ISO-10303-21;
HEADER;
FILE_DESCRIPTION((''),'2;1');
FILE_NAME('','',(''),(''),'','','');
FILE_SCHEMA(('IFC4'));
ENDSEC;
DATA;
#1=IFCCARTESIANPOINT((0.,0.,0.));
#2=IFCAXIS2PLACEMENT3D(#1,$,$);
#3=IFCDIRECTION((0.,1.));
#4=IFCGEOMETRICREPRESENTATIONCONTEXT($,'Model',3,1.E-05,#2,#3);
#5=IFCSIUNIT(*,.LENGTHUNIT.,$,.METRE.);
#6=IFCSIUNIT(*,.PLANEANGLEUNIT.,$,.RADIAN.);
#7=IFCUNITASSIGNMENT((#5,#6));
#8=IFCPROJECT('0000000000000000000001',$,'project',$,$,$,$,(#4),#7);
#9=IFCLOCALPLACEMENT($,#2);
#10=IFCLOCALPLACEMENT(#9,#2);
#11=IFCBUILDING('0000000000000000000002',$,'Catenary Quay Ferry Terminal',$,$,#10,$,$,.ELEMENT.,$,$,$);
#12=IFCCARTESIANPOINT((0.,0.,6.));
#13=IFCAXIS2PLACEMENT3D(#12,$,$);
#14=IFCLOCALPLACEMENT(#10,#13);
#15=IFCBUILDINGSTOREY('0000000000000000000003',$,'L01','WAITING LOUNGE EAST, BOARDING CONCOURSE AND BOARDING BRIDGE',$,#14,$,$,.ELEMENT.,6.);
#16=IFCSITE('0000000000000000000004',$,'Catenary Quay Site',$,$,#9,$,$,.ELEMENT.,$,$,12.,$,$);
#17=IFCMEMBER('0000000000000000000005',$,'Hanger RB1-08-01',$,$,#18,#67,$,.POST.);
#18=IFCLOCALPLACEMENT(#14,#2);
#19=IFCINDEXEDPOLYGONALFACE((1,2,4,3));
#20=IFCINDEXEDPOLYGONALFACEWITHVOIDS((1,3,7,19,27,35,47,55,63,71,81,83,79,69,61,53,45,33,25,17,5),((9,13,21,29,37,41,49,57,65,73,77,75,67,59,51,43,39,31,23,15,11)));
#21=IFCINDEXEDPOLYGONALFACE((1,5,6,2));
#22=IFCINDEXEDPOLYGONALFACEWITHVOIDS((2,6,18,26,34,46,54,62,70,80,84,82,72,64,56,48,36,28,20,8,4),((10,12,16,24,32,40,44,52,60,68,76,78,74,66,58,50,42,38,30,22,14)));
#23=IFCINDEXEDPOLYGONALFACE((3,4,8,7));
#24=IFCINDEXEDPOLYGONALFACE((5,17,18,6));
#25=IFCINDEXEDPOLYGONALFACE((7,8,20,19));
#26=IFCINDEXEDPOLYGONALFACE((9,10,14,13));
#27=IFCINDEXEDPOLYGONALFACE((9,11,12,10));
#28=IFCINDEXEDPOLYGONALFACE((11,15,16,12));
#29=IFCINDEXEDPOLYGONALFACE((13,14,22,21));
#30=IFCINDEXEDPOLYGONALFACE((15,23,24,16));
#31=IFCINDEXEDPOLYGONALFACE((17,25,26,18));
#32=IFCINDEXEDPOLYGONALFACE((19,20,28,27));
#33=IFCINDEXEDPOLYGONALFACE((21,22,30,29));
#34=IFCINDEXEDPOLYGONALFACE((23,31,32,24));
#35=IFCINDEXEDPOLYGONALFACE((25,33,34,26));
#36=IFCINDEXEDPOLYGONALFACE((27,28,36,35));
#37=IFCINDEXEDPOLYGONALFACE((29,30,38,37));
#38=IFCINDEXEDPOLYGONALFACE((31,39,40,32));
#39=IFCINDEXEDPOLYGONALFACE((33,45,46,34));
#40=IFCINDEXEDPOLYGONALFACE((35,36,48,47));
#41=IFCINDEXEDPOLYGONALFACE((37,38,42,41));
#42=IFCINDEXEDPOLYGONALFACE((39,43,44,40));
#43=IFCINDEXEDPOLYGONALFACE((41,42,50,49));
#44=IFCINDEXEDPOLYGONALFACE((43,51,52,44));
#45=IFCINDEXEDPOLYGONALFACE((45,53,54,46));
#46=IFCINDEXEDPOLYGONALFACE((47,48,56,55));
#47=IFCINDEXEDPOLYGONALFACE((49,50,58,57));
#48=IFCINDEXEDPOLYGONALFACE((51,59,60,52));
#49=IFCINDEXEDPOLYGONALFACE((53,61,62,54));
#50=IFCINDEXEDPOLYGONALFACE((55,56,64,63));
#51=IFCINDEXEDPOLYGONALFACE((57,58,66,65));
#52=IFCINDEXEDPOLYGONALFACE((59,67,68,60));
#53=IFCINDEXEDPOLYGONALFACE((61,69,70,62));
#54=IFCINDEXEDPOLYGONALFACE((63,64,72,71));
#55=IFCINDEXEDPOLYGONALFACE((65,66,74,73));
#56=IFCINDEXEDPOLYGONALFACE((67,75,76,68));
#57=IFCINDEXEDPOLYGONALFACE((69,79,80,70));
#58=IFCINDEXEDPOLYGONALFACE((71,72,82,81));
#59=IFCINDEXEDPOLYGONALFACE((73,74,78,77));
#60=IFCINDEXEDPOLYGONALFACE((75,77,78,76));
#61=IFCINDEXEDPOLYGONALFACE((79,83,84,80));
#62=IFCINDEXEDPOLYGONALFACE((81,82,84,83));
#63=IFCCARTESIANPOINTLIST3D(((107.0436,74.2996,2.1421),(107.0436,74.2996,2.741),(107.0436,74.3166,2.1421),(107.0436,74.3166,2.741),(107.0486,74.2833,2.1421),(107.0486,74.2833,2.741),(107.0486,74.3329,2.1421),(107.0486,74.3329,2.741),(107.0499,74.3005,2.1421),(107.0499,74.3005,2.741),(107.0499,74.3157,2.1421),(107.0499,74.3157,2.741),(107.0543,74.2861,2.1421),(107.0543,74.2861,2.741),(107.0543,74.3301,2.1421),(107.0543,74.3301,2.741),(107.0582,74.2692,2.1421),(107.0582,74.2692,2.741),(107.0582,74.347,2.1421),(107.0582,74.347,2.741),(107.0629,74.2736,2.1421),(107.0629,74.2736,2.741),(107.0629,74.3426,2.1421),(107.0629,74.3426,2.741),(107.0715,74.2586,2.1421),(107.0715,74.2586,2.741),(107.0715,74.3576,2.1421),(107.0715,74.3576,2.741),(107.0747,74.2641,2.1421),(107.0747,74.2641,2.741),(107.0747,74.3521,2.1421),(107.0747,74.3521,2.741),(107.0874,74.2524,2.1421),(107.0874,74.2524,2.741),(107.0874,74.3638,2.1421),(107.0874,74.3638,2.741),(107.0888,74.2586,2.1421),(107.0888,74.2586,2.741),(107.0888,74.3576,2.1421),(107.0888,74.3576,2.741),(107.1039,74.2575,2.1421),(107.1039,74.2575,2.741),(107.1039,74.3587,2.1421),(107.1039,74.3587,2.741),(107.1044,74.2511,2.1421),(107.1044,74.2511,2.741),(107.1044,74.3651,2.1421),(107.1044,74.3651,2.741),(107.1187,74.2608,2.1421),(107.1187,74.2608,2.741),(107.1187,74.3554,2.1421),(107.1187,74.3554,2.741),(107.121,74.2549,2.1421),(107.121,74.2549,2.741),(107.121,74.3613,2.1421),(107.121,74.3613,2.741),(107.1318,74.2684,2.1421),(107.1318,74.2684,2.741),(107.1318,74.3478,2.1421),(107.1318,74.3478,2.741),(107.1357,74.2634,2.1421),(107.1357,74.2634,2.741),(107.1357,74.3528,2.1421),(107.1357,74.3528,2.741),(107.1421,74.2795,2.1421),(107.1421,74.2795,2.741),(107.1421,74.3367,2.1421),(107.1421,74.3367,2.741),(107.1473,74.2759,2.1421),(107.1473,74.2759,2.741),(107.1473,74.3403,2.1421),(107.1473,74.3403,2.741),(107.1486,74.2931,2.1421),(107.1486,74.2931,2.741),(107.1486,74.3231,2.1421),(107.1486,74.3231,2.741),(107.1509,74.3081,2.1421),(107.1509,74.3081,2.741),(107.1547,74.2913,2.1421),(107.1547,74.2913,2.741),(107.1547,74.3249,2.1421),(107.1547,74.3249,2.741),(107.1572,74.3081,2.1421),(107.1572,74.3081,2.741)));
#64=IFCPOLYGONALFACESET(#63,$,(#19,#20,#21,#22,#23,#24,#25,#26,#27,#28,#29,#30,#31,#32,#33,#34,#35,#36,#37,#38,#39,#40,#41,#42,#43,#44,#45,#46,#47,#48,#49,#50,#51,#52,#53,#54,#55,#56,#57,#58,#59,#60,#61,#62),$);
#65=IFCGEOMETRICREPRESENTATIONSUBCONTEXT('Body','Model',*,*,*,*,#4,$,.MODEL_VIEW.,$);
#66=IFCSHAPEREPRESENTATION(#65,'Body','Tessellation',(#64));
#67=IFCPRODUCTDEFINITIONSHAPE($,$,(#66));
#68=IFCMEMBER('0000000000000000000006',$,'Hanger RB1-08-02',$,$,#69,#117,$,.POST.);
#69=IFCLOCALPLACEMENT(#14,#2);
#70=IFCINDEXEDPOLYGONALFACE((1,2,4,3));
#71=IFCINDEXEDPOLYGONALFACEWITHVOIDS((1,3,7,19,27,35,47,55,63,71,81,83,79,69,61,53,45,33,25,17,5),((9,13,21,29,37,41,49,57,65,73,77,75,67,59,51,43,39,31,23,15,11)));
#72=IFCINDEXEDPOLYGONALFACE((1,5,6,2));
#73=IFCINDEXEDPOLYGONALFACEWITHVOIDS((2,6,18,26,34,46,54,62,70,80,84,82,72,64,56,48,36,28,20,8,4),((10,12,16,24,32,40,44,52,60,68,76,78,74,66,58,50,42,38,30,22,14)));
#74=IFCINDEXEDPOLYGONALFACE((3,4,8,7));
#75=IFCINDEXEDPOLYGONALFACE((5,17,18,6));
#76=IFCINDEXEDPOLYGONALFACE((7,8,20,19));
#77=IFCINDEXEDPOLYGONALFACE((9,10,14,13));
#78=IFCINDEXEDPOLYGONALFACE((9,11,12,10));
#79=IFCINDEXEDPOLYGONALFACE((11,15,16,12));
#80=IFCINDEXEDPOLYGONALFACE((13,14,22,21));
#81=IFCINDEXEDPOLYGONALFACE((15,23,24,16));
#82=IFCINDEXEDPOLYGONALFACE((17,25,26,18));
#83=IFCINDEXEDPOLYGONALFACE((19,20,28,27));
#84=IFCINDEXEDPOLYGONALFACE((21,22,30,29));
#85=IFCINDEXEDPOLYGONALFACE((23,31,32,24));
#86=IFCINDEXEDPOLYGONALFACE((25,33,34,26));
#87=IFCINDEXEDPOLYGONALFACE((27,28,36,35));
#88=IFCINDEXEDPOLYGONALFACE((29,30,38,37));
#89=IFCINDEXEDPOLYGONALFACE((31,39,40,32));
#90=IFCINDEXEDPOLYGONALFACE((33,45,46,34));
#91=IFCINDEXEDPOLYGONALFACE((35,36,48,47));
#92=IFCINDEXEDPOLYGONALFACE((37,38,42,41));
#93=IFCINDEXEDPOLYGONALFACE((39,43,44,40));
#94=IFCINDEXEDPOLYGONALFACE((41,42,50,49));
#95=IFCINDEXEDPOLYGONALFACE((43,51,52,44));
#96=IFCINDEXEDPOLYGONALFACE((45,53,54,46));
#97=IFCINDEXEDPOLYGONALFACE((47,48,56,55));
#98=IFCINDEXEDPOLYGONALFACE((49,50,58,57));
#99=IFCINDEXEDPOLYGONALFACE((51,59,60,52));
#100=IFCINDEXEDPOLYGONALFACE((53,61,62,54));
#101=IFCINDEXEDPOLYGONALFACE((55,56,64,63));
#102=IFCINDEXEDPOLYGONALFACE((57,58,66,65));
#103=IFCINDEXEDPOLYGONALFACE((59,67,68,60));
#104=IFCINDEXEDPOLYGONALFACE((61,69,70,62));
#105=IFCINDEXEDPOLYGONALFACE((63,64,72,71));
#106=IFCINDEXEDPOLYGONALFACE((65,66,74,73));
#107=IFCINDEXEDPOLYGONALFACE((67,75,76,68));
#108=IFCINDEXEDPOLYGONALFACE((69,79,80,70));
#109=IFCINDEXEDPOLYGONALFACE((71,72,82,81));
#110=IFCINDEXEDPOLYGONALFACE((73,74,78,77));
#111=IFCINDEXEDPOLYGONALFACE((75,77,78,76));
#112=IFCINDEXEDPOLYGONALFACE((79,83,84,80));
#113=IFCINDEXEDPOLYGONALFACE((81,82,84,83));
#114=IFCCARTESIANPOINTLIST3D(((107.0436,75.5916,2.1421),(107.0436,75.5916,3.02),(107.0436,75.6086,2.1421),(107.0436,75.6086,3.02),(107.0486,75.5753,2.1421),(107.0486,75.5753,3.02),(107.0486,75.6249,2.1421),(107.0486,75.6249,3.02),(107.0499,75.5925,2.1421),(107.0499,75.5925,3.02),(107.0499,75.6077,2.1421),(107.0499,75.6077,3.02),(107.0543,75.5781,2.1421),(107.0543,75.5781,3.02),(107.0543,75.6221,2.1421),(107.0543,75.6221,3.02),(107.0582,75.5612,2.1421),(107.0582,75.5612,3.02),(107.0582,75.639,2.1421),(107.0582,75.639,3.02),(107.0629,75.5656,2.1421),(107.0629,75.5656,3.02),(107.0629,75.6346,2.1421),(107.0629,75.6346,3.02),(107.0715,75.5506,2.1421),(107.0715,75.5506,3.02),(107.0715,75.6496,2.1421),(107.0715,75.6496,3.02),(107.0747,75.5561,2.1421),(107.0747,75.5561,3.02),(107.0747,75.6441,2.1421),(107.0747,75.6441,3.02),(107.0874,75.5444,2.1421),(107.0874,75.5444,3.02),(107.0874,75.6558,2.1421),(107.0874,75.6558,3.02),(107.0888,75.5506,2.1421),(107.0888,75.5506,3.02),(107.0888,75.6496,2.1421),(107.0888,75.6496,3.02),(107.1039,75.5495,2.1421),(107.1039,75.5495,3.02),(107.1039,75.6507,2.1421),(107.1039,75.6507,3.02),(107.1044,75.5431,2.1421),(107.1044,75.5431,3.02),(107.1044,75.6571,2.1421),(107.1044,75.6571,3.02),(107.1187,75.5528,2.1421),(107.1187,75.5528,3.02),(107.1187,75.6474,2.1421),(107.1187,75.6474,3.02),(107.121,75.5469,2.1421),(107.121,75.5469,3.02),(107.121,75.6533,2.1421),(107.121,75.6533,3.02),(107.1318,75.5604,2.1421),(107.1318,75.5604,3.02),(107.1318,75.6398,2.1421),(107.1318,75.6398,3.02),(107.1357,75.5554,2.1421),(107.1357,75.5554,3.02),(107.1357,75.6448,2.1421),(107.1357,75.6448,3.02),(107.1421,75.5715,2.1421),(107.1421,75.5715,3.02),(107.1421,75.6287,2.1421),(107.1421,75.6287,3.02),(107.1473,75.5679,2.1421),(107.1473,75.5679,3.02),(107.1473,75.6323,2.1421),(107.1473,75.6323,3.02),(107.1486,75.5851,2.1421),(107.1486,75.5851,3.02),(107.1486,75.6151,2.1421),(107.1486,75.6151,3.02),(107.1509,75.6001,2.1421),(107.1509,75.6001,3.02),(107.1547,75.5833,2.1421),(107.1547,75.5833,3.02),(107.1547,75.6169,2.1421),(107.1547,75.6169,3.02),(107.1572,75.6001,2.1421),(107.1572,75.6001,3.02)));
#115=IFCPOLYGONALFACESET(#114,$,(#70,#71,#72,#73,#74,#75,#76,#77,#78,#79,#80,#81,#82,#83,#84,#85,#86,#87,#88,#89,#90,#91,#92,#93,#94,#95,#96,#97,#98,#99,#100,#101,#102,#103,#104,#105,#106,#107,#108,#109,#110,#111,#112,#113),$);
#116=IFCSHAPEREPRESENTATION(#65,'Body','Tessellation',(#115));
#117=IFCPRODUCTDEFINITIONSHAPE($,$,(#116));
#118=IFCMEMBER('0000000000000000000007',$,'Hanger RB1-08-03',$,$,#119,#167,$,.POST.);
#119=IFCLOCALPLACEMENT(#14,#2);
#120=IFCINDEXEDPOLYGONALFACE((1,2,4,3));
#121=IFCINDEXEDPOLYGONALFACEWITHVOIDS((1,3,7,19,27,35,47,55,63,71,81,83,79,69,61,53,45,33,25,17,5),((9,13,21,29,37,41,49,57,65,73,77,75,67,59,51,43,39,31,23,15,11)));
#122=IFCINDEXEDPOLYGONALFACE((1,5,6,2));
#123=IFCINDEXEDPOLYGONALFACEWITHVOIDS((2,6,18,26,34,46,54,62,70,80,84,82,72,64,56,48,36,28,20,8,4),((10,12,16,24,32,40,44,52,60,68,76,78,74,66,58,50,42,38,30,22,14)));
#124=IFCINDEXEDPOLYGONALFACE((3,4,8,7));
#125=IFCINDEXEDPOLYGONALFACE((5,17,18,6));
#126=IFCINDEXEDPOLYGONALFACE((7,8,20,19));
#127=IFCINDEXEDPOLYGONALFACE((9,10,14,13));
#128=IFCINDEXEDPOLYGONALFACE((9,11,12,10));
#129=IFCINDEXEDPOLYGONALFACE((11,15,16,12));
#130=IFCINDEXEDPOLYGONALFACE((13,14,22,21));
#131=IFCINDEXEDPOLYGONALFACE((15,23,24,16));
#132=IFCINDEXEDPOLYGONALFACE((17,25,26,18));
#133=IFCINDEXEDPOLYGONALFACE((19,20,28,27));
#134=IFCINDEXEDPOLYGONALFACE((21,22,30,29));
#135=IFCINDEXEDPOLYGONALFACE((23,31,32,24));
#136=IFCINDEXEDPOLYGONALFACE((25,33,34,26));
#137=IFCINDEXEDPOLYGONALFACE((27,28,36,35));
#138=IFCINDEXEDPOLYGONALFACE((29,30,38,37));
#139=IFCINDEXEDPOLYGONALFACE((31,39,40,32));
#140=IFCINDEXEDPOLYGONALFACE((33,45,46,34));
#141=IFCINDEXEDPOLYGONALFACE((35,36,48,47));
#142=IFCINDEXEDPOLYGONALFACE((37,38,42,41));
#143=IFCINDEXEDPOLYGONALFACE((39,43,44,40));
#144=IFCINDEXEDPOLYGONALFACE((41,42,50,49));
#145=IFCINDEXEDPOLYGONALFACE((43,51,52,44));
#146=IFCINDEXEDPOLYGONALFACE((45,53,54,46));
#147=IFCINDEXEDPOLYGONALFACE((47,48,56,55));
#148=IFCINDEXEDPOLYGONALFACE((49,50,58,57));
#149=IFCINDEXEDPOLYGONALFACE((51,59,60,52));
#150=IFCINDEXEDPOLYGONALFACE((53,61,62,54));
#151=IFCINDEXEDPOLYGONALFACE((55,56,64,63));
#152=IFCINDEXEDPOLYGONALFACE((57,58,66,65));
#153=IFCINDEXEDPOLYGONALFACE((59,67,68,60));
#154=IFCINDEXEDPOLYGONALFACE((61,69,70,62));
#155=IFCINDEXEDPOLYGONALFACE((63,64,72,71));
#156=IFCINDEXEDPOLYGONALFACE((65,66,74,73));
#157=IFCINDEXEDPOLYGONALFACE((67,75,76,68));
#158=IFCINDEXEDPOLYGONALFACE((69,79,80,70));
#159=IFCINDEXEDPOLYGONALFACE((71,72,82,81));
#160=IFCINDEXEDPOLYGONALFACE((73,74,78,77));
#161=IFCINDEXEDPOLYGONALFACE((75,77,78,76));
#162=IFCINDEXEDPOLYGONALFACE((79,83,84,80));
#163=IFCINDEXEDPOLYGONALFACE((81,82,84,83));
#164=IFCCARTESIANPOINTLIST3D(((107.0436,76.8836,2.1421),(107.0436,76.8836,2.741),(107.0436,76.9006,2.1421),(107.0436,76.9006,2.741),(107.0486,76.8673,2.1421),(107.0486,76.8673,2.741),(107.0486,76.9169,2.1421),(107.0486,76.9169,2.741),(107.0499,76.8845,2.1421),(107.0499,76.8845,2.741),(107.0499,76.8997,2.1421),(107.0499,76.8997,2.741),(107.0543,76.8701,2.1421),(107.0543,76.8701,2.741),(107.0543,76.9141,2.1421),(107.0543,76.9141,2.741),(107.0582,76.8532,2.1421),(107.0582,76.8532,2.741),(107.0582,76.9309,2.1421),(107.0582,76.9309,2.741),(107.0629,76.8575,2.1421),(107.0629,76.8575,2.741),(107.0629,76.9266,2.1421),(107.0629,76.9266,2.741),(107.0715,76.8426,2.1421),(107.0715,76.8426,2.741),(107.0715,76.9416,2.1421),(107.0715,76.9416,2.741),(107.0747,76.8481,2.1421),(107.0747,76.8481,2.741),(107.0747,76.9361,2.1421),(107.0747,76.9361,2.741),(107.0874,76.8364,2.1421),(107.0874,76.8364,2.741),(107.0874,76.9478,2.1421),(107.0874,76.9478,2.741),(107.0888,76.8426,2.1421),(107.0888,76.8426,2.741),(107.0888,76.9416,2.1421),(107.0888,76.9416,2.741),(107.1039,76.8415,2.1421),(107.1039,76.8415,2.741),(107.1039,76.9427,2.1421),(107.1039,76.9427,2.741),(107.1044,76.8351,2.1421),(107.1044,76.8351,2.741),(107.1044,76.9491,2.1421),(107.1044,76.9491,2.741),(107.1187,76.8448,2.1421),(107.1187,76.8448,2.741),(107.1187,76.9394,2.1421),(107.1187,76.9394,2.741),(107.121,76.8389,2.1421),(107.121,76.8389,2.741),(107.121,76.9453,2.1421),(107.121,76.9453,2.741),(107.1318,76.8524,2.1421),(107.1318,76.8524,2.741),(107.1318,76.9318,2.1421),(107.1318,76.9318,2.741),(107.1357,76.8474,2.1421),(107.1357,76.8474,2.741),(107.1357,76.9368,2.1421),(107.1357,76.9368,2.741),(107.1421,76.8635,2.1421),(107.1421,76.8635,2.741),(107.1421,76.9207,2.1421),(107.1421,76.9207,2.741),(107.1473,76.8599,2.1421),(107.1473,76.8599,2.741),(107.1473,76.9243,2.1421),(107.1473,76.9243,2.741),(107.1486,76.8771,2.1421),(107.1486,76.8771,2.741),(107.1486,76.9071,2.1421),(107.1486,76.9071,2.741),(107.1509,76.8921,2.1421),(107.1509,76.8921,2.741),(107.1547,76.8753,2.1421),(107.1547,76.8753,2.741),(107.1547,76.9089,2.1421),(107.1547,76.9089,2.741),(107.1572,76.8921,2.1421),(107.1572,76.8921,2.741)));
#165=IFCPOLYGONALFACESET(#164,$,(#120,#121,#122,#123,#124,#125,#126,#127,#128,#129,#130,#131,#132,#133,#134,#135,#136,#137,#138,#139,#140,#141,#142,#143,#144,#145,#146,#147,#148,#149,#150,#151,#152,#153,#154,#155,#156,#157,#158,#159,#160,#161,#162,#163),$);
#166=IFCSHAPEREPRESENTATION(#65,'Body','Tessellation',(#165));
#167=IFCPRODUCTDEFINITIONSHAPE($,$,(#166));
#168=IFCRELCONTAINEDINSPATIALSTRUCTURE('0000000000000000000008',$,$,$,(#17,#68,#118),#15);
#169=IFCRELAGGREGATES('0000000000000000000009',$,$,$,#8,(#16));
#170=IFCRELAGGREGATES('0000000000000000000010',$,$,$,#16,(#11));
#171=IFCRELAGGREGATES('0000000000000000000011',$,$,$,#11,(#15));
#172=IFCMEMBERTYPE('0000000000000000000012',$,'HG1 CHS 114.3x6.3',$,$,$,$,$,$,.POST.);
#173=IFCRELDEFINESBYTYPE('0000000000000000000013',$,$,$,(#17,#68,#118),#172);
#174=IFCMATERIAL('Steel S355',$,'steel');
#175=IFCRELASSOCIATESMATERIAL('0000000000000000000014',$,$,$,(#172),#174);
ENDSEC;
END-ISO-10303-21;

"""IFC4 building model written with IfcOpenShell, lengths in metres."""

from ifc_helpers import new_model, si_unit, direction, frame, origin, origin_2d, place, context, subcontext, project, spatial, hollow_circle, extrude, material, material_profile, profile_set, type_object, element, save


model = new_model("IFC4")

# Units and contexts
model_context = context("Model", 3, precision=1e-05, world=origin(), true_north=direction((0.0, 1.0)))
body_context = subcontext(model_context, "Body", "Model", "MODEL_VIEW")
ifc_project = project(units=[si_unit("LENGTHUNIT", "METRE"), si_unit("PLANEANGLEUNIT", "RADIAN")], contexts=[model_context])

# Site, building, storey
site_placement = place(None, origin())
site = spatial("IfcSite", under=ifc_project, at=site_placement, Name="Catenary Quay Site", CompositionType="ELEMENT", RefElevation=12.0)
building_placement = place(site_placement, origin())
building = spatial("IfcBuilding", under=site, at=building_placement, Name="Catenary Quay Ferry Terminal", CompositionType="ELEMENT")
storey_placement = place(building_placement, frame((0.0, 0.0, 6.0)))
storey = spatial("IfcBuildingStorey", under=building, at=storey_placement, Name="L01", Description="WAITING LOUNGE EAST, BOARDING CONCOURSE AND BOARDING BRIDGE", CompositionType="ELEMENT", Elevation=6.0)

# Members
ifc_material_1 = material(Name="Steel S355", Category="steel")
ifc_material_profile_1 = material_profile(ifc_material_1, hollow_circle(Radius=0.0571, WallThickness=0.0063, at=origin_2d()), Name="CHS 114.3x6.3")
ifc_profile_set_1 = profile_set([ifc_material_profile_1], Name="Steel S355")
member_type_1 = type_object("IfcMemberType", Name="HG1 CHS 114.3x6.3", PredefinedType="POST", material=ifc_profile_set_1)
member_1_placement = place(storey_placement, frame((107.1001, 74.3081, 2.1421), z_axis=(0.0, 0.0, 1.0), x_axis=(1.0, 0.0, 0.0)))
element("IfcMember", 1, at=member_1_placement, inside=storey, type_object=member_type_1, Name="Hanger RB1-08-01", PredefinedType="POST", context=body_context, shape_type="SweptSolid", body=[
    extrude(hollow_circle(Radius=0.0571, WallThickness=0.0063, at=origin_2d()), origin(), (0.0, 0.0, 1.0), 0.5989),
])
member_2_placement = place(storey_placement, frame((107.1001, 75.6001, 2.1421), z_axis=(0.0, 0.0, 1.0), x_axis=(1.0, 0.0, 0.0)))
element("IfcMember", 2, at=member_2_placement, inside=storey, type_object=member_type_1, Name="Hanger RB1-08-02", PredefinedType="POST", context=body_context, shape_type="SweptSolid", body=[
    extrude(hollow_circle(Radius=0.0571, WallThickness=0.0063, at=origin_2d()), origin(), (0.0, 0.0, 1.0), 0.8779),
])
for number, where, z_axis, x_axis, name in (
    (3, (107.1001, 76.8921, 2.1421), (0.0, 0.0, 1.0), (1.0, 0.0, 0.0), "Hanger RB1-08-03"),
):
    element("IfcMember", number, at=place(storey_placement, frame(where, z_axis=z_axis, x_axis=x_axis)), inside=storey, type_object=member_type_1, Name=name, PredefinedType="POST", context=body_context, shape_type="SweptSolid", body=[
        extrude(hollow_circle(Radius=0.0571, WallThickness=0.0063, at=origin_2d()), origin(), (0.0, 0.0, 1.0), 0.5989),
    ])

save(model, "model.ifc")
